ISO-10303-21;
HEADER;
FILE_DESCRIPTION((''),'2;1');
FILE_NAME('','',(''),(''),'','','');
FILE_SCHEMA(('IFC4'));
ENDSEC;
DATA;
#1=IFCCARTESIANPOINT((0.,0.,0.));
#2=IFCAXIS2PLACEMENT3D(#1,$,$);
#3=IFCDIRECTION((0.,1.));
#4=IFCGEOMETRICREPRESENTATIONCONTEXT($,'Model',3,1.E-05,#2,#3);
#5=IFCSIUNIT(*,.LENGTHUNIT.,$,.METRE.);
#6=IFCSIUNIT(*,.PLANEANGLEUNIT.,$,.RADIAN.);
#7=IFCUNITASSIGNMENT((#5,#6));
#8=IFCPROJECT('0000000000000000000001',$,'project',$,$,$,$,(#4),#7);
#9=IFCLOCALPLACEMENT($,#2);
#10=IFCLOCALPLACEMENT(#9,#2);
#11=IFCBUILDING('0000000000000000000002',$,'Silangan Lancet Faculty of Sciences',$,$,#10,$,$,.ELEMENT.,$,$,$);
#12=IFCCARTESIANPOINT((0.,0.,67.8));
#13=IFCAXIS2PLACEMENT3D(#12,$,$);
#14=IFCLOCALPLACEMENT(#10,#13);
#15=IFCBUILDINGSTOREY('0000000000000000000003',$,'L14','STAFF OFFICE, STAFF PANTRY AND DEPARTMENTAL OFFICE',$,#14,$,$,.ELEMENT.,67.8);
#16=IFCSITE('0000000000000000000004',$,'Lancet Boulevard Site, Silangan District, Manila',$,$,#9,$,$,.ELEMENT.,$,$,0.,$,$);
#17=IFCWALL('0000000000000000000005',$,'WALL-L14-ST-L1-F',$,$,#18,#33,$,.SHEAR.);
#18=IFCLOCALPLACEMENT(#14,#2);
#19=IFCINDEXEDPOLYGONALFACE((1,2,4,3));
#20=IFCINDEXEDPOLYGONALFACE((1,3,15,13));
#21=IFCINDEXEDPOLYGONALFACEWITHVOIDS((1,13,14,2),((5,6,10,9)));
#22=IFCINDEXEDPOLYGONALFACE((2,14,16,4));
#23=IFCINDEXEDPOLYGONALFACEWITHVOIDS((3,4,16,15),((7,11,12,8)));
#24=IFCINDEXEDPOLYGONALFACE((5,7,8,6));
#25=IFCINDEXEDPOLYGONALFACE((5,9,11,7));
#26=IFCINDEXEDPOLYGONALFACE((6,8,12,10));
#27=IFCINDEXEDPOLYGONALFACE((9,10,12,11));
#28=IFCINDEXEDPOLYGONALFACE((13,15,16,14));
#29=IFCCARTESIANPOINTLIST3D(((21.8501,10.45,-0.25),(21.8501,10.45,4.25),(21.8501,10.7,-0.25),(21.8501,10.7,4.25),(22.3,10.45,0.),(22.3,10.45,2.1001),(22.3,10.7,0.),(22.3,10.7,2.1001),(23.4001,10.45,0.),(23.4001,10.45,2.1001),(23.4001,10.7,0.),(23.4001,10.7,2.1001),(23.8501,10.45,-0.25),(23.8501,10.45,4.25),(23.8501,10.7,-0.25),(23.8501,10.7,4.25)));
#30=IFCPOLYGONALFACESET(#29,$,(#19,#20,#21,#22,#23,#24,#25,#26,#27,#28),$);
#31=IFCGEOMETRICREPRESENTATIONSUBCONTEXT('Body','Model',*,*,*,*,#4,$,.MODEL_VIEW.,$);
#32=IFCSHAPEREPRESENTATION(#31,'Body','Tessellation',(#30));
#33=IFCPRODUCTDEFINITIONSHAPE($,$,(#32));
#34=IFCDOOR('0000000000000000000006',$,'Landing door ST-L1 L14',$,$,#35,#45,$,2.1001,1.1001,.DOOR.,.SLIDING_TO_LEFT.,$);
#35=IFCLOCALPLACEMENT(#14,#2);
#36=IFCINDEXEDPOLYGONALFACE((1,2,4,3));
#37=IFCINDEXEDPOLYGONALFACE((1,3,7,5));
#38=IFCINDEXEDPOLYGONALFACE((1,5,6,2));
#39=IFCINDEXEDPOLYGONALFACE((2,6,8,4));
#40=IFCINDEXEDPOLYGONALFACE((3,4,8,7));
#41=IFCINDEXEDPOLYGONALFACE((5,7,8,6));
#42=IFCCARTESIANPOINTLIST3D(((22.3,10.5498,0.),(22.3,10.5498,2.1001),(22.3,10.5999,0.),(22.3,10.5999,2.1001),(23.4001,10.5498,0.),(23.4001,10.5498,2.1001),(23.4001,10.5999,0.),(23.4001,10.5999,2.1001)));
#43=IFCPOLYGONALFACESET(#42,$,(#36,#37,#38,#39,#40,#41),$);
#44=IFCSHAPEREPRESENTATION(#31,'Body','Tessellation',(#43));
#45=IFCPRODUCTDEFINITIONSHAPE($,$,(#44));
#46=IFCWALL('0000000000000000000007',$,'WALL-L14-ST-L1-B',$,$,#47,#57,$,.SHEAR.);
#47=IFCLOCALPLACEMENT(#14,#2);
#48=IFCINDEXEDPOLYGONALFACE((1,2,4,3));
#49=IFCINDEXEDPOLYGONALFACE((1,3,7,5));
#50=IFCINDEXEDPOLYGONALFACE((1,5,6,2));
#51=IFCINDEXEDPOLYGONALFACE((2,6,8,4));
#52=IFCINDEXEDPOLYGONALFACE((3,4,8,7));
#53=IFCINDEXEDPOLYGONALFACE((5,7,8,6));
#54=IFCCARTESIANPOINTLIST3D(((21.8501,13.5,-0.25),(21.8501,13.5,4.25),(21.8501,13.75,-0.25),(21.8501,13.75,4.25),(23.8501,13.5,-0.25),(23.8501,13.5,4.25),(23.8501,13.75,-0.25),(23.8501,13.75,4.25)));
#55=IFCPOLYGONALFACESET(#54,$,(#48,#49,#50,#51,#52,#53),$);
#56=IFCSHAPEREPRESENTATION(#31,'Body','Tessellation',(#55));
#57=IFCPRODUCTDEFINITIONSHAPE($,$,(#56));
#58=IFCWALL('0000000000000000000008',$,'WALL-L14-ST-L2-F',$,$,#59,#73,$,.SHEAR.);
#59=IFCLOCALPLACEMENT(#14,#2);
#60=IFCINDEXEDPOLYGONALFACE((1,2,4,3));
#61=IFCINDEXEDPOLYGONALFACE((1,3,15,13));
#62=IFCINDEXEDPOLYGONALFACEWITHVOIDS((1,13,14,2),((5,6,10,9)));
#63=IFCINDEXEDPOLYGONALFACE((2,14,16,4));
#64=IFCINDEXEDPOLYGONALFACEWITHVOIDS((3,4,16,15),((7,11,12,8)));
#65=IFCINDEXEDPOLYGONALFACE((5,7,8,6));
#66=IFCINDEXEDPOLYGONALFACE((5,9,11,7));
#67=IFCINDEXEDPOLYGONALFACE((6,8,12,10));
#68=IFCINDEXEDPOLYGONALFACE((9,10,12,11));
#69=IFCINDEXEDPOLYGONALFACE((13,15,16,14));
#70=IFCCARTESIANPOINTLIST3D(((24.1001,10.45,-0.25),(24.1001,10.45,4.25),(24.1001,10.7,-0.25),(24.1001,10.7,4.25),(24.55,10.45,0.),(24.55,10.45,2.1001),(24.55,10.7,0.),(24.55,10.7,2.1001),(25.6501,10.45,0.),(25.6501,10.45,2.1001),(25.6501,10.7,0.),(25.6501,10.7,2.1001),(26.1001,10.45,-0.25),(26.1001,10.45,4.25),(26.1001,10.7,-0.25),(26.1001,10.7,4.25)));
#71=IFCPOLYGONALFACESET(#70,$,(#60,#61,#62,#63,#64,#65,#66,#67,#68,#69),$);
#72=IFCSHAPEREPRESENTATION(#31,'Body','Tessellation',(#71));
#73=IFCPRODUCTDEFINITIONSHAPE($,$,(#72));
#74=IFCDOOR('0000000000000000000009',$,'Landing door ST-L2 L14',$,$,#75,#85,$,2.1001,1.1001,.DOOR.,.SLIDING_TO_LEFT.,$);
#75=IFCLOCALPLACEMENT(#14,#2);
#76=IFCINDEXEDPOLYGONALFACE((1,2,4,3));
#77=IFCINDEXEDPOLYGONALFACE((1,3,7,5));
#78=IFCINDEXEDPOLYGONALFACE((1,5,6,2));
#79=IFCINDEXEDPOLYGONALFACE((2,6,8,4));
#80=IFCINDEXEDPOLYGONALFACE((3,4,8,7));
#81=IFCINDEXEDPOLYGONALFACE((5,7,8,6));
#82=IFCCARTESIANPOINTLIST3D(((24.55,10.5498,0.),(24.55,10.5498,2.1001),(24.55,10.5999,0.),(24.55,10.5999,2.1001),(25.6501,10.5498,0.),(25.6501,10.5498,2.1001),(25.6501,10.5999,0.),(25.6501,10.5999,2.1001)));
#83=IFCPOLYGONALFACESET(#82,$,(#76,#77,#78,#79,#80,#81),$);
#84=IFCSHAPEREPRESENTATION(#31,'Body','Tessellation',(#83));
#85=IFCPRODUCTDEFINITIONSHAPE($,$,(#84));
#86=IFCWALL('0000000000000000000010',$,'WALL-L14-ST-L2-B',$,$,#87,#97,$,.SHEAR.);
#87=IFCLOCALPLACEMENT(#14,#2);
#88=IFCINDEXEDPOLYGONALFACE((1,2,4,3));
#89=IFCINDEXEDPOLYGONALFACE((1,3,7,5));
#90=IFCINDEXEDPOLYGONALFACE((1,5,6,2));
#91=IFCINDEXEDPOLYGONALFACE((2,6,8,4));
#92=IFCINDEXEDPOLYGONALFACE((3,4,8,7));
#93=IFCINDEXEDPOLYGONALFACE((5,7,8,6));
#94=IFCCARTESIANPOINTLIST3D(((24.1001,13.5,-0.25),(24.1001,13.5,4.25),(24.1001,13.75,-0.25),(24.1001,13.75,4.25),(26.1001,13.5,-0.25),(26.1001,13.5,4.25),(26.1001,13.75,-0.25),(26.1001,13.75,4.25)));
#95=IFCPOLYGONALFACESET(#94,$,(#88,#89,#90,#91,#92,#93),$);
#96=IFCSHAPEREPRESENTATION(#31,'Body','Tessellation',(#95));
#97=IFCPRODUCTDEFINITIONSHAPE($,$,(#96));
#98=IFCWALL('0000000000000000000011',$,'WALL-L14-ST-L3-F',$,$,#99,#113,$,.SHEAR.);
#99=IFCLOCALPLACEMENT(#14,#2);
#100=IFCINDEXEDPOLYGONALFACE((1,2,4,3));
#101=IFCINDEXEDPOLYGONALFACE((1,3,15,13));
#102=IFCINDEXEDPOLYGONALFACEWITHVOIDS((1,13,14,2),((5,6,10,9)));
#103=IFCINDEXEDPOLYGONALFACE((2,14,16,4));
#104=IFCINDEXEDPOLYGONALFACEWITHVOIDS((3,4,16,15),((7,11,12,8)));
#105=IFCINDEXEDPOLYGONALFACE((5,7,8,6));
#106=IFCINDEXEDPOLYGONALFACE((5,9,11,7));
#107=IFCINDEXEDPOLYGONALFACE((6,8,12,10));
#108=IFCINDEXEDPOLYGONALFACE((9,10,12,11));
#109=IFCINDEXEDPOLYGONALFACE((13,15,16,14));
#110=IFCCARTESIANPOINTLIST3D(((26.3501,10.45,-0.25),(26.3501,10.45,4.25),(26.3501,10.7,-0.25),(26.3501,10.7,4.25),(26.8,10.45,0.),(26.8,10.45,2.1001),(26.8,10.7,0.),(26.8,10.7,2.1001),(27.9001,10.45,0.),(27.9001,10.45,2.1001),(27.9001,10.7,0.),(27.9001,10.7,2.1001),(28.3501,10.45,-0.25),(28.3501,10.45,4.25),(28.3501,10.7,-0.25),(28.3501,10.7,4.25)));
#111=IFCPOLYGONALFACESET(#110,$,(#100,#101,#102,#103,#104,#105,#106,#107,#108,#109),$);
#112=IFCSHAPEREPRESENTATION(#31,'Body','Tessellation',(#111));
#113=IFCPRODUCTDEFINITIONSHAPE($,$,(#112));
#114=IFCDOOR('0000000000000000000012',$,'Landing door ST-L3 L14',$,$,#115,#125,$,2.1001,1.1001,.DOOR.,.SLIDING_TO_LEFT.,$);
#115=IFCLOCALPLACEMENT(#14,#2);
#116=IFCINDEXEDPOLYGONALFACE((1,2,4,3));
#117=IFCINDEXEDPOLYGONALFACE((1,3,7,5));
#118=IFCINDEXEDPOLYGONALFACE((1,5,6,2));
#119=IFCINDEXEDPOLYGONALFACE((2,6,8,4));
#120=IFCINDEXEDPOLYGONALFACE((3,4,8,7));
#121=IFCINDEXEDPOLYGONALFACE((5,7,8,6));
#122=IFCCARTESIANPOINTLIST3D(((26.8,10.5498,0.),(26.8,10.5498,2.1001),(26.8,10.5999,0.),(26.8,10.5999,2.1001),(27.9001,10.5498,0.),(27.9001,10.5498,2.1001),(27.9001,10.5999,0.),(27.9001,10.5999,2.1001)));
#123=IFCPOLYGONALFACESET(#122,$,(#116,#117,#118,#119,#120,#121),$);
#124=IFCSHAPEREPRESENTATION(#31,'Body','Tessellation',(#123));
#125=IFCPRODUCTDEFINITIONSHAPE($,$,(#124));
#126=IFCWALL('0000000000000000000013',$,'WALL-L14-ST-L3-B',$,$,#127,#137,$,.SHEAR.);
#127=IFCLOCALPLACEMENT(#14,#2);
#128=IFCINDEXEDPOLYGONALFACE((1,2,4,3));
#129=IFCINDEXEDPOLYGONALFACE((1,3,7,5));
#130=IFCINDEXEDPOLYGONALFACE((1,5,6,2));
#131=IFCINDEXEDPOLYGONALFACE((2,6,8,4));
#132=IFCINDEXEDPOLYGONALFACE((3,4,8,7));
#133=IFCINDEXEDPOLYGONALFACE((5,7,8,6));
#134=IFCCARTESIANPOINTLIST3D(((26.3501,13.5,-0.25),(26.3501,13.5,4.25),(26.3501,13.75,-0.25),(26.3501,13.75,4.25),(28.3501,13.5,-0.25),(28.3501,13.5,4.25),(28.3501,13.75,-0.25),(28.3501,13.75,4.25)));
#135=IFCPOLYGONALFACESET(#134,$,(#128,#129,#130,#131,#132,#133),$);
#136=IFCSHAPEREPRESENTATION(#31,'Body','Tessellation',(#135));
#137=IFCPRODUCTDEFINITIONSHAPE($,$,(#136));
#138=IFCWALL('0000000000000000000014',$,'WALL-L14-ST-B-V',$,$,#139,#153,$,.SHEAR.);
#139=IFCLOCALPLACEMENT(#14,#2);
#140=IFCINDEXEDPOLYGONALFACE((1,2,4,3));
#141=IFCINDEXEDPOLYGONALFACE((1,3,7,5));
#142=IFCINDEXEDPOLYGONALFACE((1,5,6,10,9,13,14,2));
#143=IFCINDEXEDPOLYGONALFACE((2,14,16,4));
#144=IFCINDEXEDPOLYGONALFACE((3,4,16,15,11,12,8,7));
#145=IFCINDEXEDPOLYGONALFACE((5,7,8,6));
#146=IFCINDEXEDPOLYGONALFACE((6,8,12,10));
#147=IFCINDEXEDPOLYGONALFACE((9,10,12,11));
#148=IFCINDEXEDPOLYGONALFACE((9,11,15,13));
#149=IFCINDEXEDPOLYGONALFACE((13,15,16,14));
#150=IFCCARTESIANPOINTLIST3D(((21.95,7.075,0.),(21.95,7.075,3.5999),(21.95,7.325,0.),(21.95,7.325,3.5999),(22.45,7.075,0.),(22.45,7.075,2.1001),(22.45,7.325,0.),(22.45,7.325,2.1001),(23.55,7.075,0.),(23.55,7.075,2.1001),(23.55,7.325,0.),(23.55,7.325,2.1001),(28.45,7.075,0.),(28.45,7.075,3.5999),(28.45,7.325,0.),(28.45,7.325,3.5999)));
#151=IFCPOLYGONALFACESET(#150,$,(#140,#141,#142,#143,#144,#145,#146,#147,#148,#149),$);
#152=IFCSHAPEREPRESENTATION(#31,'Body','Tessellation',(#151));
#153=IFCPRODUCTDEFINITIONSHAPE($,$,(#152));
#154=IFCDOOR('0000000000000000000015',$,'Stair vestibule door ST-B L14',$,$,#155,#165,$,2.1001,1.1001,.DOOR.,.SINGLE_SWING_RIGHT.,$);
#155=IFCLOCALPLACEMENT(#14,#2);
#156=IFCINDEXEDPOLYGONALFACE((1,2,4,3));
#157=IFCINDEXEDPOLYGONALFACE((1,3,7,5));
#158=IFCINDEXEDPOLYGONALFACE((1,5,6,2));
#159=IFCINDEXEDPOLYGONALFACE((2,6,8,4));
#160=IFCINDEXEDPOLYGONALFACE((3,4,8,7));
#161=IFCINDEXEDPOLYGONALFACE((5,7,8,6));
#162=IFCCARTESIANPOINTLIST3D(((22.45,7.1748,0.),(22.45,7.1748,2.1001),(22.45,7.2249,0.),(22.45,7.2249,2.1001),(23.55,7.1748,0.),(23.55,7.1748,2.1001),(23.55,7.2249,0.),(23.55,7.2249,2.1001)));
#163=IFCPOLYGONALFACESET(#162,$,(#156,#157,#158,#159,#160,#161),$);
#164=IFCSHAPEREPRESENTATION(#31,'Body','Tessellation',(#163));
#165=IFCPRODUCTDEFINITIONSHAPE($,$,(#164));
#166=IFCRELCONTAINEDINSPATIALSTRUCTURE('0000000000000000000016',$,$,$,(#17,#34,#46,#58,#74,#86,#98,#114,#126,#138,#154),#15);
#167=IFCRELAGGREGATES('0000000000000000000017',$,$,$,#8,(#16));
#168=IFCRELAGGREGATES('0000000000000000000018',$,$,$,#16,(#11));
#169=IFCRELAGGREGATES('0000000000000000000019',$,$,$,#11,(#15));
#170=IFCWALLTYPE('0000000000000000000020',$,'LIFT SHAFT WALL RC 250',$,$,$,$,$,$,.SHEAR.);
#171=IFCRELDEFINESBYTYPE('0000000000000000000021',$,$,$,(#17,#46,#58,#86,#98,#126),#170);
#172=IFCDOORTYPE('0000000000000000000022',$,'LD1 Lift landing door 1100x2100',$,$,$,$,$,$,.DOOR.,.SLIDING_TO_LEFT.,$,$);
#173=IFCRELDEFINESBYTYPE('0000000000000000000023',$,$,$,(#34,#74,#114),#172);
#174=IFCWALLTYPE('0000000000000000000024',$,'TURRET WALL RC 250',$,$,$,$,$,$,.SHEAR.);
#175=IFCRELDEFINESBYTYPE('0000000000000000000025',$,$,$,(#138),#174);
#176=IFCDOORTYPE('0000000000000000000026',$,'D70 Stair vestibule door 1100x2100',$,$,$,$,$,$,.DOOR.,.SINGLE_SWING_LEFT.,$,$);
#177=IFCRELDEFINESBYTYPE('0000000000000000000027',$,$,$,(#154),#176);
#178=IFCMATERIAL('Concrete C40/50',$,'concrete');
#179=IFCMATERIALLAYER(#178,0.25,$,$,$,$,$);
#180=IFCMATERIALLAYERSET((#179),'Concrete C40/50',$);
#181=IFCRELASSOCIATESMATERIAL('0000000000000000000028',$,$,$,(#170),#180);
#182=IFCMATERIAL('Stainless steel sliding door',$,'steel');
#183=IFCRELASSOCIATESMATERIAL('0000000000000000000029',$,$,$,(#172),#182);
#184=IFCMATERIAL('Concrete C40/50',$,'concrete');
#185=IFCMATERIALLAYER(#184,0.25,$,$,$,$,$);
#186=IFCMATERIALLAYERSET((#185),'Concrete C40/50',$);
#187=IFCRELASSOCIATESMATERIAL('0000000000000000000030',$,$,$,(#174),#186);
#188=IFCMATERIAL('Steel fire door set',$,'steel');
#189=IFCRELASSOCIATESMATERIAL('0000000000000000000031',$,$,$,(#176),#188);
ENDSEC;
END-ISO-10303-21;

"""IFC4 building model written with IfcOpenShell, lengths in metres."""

from ifc_helpers import new_model, si_unit, direction, frame, frame_2d, origin, place, context, subcontext, project, spatial, rectangle, extrude, material, layer, layer_set, type_object, element, fill, save


model = new_model("IFC4")

# Units and contexts
model_context = context("Model", 3, precision=1e-05, world=origin(), true_north=direction((0.0, 1.0)))
body_context = subcontext(model_context, "Body", "Model", "MODEL_VIEW")
ifc_project = project(units=[si_unit("LENGTHUNIT", "METRE"), si_unit("PLANEANGLEUNIT", "RADIAN")], contexts=[model_context])

# Site, building, storey
site_placement = place(None, origin())
site = spatial("IfcSite", under=ifc_project, at=site_placement, Name="Lancet Boulevard Site, Silangan District, Manila", CompositionType="ELEMENT", RefElevation=0.0)
building_placement = place(site_placement, origin())
building = spatial("IfcBuilding", under=site, at=building_placement, Name="Silangan Lancet Faculty of Sciences", CompositionType="ELEMENT")
storey_placement = place(building_placement, frame((0.0, 0.0, 67.8)))
storey = spatial("IfcBuildingStorey", under=building, at=storey_placement, Name="L14", Description="STAFF OFFICE, STAFF PANTRY AND DEPARTMENTAL OFFICE", CompositionType="ELEMENT", Elevation=67.8)

# Shared definitions
ifc_material_1 = material(Name="Concrete C40/50", Category="concrete")
ifc_layer_1 = layer(ifc_material_1, 0.25)
ifc_layer_set_1 = layer_set([ifc_layer_1], Name="Concrete C40/50")
wall_type_1 = type_object("IfcWallType", Name="LIFT SHAFT WALL RC 250", PredefinedType="SHEAR", material=ifc_layer_set_1)

# Wall, opening, door
wall_1_placement = place(storey_placement, frame((21.8501, 10.575, -0.25), z_axis=(0.0, 0.0, 1.0), x_axis=(1.0, 0.0, 0.0)))
wall_1 = element("IfcWall", 1, at=wall_1_placement, inside=storey, type_object=wall_type_1, Name="WALL-L14-ST-L1-F", PredefinedType="SHEAR", context=body_context, shape_type="SweptSolid", body=[
    extrude(rectangle(XDim=2.0, YDim=0.25, at=frame_2d((1.0, 0.0))), origin(), (0.0, 0.0, 1.0), 4.5),
])
opening_1_placement = place(wall_1_placement, frame((0.45, 0.0, 0.25)))
opening_1 = element("IfcOpeningElement", 2, at=opening_1_placement, cuts=wall_1, PredefinedType="OPENING", context=body_context, shape_type="SweptSolid", body=[
    extrude(rectangle(XDim=1.1001, YDim=2.1001, at=frame_2d((0.55, 1.05))), frame((0.0, 0.135, 0.0), z_axis=(0.0, -1.0, 0.0), x_axis=(1.0, 0.0, 0.0)), (0.0, 0.0, 1.0), 0.27),
])
ifc_material_2 = material(Name="Stainless steel sliding door", Category="steel")
door_type_1 = type_object("IfcDoorType", Name="LD1 Lift landing door 1100x2100", OperationType="SLIDING_TO_LEFT", PredefinedType="DOOR", material=ifc_material_2)
door_1_placement = place(opening_1_placement, origin())
door_1 = element("IfcDoor", 3, at=door_1_placement, inside=storey, type_object=door_type_1, Name="Landing door ST-L1 L14", OperationType="SLIDING_TO_LEFT", OverallHeight=2.1001, OverallWidth=1.1001, PredefinedType="DOOR", context=body_context, shape_type="SweptSolid", body=[
    extrude(rectangle(XDim=1.1001, YDim=2.1001, at=frame_2d((0.55, 1.05))), frame((0.0, 0.0249, 0.0), z_axis=(0.0, -1.0, 0.0), x_axis=(1.0, 0.0, 0.0)), (0.0, 0.0, 1.0), 0.05),
])
fill(opening_1, door_1)

# Wall
wall_2_placement = place(storey_placement, frame((21.8501, 13.625, -0.25), z_axis=(0.0, 0.0, 1.0), x_axis=(1.0, 0.0, 0.0)))
element("IfcWall", 4, at=wall_2_placement, inside=storey, type_object=wall_type_1, Name="WALL-L14-ST-L1-B", PredefinedType="SHEAR", context=body_context, shape_type="SweptSolid", body=[
    extrude(rectangle(XDim=2.0, YDim=0.25, at=frame_2d((1.0, 0.0))), origin(), (0.0, 0.0, 1.0), 4.5),
])

# Wall, opening, door
wall_3_placement = place(storey_placement, frame((24.1001, 10.575, -0.25), z_axis=(0.0, 0.0, 1.0), x_axis=(1.0, 0.0, 0.0)))
wall_3 = element("IfcWall", 5, at=wall_3_placement, inside=storey, type_object=wall_type_1, Name="WALL-L14-ST-L2-F", PredefinedType="SHEAR", context=body_context, shape_type="SweptSolid", body=[
    extrude(rectangle(XDim=2.0, YDim=0.25, at=frame_2d((1.0, 0.0))), origin(), (0.0, 0.0, 1.0), 4.5),
])
opening_2_placement = place(wall_3_placement, frame((0.45, 0.0, 0.25)))
opening_2 = element("IfcOpeningElement", 6, at=opening_2_placement, cuts=wall_3, PredefinedType="OPENING", context=body_context, shape_type="SweptSolid", body=[
    extrude(rectangle(XDim=1.1001, YDim=2.1001, at=frame_2d((0.55, 1.05))), frame((0.0, 0.135, 0.0), z_axis=(0.0, -1.0, 0.0), x_axis=(1.0, 0.0, 0.0)), (0.0, 0.0, 1.0), 0.27),
])
door_2_placement = place(opening_2_placement, origin())
door_2 = element("IfcDoor", 7, at=door_2_placement, inside=storey, type_object=door_type_1, Name="Landing door ST-L2 L14", OperationType="SLIDING_TO_LEFT", OverallHeight=2.1001, OverallWidth=1.1001, PredefinedType="DOOR", context=body_context, shape_type="SweptSolid", body=[
    extrude(rectangle(XDim=1.1001, YDim=2.1001, at=frame_2d((0.55, 1.05))), frame((0.0, 0.0249, 0.0), z_axis=(0.0, -1.0, 0.0), x_axis=(1.0, 0.0, 0.0)), (0.0, 0.0, 1.0), 0.05),
])
fill(opening_2, door_2)

# Wall
wall_4_placement = place(storey_placement, frame((24.1001, 13.625, -0.25), z_axis=(0.0, 0.0, 1.0), x_axis=(1.0, 0.0, 0.0)))
element("IfcWall", 8, at=wall_4_placement, inside=storey, type_object=wall_type_1, Name="WALL-L14-ST-L2-B", PredefinedType="SHEAR", context=body_context, shape_type="SweptSolid", body=[
    extrude(rectangle(XDim=2.0, YDim=0.25, at=frame_2d((1.0, 0.0))), origin(), (0.0, 0.0, 1.0), 4.5),
])

# Wall, opening, door
wall_5_placement = place(storey_placement, frame((26.3501, 10.575, -0.25), z_axis=(0.0, 0.0, 1.0), x_axis=(1.0, 0.0, 0.0)))
wall_5 = element("IfcWall", 9, at=wall_5_placement, inside=storey, type_object=wall_type_1, Name="WALL-L14-ST-L3-F", PredefinedType="SHEAR", context=body_context, shape_type="SweptSolid", body=[
    extrude(rectangle(XDim=2.0, YDim=0.25, at=frame_2d((1.0, 0.0))), origin(), (0.0, 0.0, 1.0), 4.5),
])
opening_3_placement = place(wall_5_placement, frame((0.45, 0.0, 0.25)))
opening_3 = element("IfcOpeningElement", 10, at=opening_3_placement, cuts=wall_5, PredefinedType="OPENING", context=body_context, shape_type="SweptSolid", body=[
    extrude(rectangle(XDim=1.1001, YDim=2.1001, at=frame_2d((0.55, 1.05))), frame((0.0, 0.135, 0.0), z_axis=(0.0, -1.0, 0.0), x_axis=(1.0, 0.0, 0.0)), (0.0, 0.0, 1.0), 0.27),
])
door_3_placement = place(opening_3_placement, origin())
door_3 = element("IfcDoor", 11, at=door_3_placement, inside=storey, type_object=door_type_1, Name="Landing door ST-L3 L14", OperationType="SLIDING_TO_LEFT", OverallHeight=2.1001, OverallWidth=1.1001, PredefinedType="DOOR", context=body_context, shape_type="SweptSolid", body=[
    extrude(rectangle(XDim=1.1001, YDim=2.1001, at=frame_2d((0.55, 1.05))), frame((0.0, 0.0249, 0.0), z_axis=(0.0, -1.0, 0.0), x_axis=(1.0, 0.0, 0.0)), (0.0, 0.0, 1.0), 0.05),
])
fill(opening_3, door_3)

# Wall
wall_6_placement = place(storey_placement, frame((26.3501, 13.625, -0.25), z_axis=(0.0, 0.0, 1.0), x_axis=(1.0, 0.0, 0.0)))
element("IfcWall", 12, at=wall_6_placement, inside=storey, type_object=wall_type_1, Name="WALL-L14-ST-L3-B", PredefinedType="SHEAR", context=body_context, shape_type="SweptSolid", body=[
    extrude(rectangle(XDim=2.0, YDim=0.25, at=frame_2d((1.0, 0.0))), origin(), (0.0, 0.0, 1.0), 4.5),
])

# Wall, opening, door
ifc_material_3 = material(Name="Concrete C40/50", Category="concrete")
ifc_layer_2 = layer(ifc_material_3, 0.25)
ifc_layer_set_2 = layer_set([ifc_layer_2], Name="Concrete C40/50")
wall_type_2 = type_object("IfcWallType", Name="TURRET WALL RC 250", PredefinedType="SHEAR", material=ifc_layer_set_2)
wall_7_placement = place(storey_placement, frame((21.95, 7.2, 0.0), z_axis=(0.0, 0.0, 1.0), x_axis=(1.0, 0.0, 0.0)))
wall_7 = element("IfcWall", 13, at=wall_7_placement, inside=storey, type_object=wall_type_2, Name="WALL-L14-ST-B-V", PredefinedType="SHEAR", context=body_context, shape_type="SweptSolid", body=[
    extrude(rectangle(XDim=6.5, YDim=0.25, at=frame_2d((3.25, 0.0))), origin(), (0.0, 0.0, 1.0), 3.5999),
])
opening_4_placement = place(wall_7_placement, frame((0.5, 0.0, 0.0)))
opening_4 = element("IfcOpeningElement", 14, at=opening_4_placement, cuts=wall_7, PredefinedType="OPENING", context=body_context, shape_type="SweptSolid", body=[
    extrude(rectangle(XDim=1.1001, YDim=2.1001, at=frame_2d((0.55, 1.05))), frame((0.0, 0.135, 0.0), z_axis=(0.0, -1.0, 0.0), x_axis=(1.0, 0.0, 0.0)), (0.0, 0.0, 1.0), 0.27),
])
ifc_material_4 = material(Name="Steel fire door set", Category="steel")
door_type_2 = type_object("IfcDoorType", Name="D70 Stair vestibule door 1100x2100", OperationType="SINGLE_SWING_LEFT", PredefinedType="DOOR", material=ifc_material_4)
door_4_placement = place(opening_4_placement, frame((1.1001, 0.0, 0.0), z_axis=(0.0, 0.0, 1.0), x_axis=(-1.0, 0.0, 0.0)))
door_4 = element("IfcDoor", 15, at=door_4_placement, inside=storey, type_object=door_type_2, Name="Stair vestibule door ST-B L14", OperationType="SINGLE_SWING_RIGHT", OverallHeight=2.1001, OverallWidth=1.1001, PredefinedType="DOOR", context=body_context, shape_type="SweptSolid", body=[
    extrude(rectangle(XDim=1.1001, YDim=2.1001, at=frame_2d((0.55, 1.05))), frame((0.0, 0.0251, 0.0), z_axis=(0.0, -1.0, 0.0), x_axis=(1.0, 0.0, 0.0)), (0.0, 0.0, 1.0), 0.05),
])
fill(opening_4, door_4)

save(model, "model.ifc")
